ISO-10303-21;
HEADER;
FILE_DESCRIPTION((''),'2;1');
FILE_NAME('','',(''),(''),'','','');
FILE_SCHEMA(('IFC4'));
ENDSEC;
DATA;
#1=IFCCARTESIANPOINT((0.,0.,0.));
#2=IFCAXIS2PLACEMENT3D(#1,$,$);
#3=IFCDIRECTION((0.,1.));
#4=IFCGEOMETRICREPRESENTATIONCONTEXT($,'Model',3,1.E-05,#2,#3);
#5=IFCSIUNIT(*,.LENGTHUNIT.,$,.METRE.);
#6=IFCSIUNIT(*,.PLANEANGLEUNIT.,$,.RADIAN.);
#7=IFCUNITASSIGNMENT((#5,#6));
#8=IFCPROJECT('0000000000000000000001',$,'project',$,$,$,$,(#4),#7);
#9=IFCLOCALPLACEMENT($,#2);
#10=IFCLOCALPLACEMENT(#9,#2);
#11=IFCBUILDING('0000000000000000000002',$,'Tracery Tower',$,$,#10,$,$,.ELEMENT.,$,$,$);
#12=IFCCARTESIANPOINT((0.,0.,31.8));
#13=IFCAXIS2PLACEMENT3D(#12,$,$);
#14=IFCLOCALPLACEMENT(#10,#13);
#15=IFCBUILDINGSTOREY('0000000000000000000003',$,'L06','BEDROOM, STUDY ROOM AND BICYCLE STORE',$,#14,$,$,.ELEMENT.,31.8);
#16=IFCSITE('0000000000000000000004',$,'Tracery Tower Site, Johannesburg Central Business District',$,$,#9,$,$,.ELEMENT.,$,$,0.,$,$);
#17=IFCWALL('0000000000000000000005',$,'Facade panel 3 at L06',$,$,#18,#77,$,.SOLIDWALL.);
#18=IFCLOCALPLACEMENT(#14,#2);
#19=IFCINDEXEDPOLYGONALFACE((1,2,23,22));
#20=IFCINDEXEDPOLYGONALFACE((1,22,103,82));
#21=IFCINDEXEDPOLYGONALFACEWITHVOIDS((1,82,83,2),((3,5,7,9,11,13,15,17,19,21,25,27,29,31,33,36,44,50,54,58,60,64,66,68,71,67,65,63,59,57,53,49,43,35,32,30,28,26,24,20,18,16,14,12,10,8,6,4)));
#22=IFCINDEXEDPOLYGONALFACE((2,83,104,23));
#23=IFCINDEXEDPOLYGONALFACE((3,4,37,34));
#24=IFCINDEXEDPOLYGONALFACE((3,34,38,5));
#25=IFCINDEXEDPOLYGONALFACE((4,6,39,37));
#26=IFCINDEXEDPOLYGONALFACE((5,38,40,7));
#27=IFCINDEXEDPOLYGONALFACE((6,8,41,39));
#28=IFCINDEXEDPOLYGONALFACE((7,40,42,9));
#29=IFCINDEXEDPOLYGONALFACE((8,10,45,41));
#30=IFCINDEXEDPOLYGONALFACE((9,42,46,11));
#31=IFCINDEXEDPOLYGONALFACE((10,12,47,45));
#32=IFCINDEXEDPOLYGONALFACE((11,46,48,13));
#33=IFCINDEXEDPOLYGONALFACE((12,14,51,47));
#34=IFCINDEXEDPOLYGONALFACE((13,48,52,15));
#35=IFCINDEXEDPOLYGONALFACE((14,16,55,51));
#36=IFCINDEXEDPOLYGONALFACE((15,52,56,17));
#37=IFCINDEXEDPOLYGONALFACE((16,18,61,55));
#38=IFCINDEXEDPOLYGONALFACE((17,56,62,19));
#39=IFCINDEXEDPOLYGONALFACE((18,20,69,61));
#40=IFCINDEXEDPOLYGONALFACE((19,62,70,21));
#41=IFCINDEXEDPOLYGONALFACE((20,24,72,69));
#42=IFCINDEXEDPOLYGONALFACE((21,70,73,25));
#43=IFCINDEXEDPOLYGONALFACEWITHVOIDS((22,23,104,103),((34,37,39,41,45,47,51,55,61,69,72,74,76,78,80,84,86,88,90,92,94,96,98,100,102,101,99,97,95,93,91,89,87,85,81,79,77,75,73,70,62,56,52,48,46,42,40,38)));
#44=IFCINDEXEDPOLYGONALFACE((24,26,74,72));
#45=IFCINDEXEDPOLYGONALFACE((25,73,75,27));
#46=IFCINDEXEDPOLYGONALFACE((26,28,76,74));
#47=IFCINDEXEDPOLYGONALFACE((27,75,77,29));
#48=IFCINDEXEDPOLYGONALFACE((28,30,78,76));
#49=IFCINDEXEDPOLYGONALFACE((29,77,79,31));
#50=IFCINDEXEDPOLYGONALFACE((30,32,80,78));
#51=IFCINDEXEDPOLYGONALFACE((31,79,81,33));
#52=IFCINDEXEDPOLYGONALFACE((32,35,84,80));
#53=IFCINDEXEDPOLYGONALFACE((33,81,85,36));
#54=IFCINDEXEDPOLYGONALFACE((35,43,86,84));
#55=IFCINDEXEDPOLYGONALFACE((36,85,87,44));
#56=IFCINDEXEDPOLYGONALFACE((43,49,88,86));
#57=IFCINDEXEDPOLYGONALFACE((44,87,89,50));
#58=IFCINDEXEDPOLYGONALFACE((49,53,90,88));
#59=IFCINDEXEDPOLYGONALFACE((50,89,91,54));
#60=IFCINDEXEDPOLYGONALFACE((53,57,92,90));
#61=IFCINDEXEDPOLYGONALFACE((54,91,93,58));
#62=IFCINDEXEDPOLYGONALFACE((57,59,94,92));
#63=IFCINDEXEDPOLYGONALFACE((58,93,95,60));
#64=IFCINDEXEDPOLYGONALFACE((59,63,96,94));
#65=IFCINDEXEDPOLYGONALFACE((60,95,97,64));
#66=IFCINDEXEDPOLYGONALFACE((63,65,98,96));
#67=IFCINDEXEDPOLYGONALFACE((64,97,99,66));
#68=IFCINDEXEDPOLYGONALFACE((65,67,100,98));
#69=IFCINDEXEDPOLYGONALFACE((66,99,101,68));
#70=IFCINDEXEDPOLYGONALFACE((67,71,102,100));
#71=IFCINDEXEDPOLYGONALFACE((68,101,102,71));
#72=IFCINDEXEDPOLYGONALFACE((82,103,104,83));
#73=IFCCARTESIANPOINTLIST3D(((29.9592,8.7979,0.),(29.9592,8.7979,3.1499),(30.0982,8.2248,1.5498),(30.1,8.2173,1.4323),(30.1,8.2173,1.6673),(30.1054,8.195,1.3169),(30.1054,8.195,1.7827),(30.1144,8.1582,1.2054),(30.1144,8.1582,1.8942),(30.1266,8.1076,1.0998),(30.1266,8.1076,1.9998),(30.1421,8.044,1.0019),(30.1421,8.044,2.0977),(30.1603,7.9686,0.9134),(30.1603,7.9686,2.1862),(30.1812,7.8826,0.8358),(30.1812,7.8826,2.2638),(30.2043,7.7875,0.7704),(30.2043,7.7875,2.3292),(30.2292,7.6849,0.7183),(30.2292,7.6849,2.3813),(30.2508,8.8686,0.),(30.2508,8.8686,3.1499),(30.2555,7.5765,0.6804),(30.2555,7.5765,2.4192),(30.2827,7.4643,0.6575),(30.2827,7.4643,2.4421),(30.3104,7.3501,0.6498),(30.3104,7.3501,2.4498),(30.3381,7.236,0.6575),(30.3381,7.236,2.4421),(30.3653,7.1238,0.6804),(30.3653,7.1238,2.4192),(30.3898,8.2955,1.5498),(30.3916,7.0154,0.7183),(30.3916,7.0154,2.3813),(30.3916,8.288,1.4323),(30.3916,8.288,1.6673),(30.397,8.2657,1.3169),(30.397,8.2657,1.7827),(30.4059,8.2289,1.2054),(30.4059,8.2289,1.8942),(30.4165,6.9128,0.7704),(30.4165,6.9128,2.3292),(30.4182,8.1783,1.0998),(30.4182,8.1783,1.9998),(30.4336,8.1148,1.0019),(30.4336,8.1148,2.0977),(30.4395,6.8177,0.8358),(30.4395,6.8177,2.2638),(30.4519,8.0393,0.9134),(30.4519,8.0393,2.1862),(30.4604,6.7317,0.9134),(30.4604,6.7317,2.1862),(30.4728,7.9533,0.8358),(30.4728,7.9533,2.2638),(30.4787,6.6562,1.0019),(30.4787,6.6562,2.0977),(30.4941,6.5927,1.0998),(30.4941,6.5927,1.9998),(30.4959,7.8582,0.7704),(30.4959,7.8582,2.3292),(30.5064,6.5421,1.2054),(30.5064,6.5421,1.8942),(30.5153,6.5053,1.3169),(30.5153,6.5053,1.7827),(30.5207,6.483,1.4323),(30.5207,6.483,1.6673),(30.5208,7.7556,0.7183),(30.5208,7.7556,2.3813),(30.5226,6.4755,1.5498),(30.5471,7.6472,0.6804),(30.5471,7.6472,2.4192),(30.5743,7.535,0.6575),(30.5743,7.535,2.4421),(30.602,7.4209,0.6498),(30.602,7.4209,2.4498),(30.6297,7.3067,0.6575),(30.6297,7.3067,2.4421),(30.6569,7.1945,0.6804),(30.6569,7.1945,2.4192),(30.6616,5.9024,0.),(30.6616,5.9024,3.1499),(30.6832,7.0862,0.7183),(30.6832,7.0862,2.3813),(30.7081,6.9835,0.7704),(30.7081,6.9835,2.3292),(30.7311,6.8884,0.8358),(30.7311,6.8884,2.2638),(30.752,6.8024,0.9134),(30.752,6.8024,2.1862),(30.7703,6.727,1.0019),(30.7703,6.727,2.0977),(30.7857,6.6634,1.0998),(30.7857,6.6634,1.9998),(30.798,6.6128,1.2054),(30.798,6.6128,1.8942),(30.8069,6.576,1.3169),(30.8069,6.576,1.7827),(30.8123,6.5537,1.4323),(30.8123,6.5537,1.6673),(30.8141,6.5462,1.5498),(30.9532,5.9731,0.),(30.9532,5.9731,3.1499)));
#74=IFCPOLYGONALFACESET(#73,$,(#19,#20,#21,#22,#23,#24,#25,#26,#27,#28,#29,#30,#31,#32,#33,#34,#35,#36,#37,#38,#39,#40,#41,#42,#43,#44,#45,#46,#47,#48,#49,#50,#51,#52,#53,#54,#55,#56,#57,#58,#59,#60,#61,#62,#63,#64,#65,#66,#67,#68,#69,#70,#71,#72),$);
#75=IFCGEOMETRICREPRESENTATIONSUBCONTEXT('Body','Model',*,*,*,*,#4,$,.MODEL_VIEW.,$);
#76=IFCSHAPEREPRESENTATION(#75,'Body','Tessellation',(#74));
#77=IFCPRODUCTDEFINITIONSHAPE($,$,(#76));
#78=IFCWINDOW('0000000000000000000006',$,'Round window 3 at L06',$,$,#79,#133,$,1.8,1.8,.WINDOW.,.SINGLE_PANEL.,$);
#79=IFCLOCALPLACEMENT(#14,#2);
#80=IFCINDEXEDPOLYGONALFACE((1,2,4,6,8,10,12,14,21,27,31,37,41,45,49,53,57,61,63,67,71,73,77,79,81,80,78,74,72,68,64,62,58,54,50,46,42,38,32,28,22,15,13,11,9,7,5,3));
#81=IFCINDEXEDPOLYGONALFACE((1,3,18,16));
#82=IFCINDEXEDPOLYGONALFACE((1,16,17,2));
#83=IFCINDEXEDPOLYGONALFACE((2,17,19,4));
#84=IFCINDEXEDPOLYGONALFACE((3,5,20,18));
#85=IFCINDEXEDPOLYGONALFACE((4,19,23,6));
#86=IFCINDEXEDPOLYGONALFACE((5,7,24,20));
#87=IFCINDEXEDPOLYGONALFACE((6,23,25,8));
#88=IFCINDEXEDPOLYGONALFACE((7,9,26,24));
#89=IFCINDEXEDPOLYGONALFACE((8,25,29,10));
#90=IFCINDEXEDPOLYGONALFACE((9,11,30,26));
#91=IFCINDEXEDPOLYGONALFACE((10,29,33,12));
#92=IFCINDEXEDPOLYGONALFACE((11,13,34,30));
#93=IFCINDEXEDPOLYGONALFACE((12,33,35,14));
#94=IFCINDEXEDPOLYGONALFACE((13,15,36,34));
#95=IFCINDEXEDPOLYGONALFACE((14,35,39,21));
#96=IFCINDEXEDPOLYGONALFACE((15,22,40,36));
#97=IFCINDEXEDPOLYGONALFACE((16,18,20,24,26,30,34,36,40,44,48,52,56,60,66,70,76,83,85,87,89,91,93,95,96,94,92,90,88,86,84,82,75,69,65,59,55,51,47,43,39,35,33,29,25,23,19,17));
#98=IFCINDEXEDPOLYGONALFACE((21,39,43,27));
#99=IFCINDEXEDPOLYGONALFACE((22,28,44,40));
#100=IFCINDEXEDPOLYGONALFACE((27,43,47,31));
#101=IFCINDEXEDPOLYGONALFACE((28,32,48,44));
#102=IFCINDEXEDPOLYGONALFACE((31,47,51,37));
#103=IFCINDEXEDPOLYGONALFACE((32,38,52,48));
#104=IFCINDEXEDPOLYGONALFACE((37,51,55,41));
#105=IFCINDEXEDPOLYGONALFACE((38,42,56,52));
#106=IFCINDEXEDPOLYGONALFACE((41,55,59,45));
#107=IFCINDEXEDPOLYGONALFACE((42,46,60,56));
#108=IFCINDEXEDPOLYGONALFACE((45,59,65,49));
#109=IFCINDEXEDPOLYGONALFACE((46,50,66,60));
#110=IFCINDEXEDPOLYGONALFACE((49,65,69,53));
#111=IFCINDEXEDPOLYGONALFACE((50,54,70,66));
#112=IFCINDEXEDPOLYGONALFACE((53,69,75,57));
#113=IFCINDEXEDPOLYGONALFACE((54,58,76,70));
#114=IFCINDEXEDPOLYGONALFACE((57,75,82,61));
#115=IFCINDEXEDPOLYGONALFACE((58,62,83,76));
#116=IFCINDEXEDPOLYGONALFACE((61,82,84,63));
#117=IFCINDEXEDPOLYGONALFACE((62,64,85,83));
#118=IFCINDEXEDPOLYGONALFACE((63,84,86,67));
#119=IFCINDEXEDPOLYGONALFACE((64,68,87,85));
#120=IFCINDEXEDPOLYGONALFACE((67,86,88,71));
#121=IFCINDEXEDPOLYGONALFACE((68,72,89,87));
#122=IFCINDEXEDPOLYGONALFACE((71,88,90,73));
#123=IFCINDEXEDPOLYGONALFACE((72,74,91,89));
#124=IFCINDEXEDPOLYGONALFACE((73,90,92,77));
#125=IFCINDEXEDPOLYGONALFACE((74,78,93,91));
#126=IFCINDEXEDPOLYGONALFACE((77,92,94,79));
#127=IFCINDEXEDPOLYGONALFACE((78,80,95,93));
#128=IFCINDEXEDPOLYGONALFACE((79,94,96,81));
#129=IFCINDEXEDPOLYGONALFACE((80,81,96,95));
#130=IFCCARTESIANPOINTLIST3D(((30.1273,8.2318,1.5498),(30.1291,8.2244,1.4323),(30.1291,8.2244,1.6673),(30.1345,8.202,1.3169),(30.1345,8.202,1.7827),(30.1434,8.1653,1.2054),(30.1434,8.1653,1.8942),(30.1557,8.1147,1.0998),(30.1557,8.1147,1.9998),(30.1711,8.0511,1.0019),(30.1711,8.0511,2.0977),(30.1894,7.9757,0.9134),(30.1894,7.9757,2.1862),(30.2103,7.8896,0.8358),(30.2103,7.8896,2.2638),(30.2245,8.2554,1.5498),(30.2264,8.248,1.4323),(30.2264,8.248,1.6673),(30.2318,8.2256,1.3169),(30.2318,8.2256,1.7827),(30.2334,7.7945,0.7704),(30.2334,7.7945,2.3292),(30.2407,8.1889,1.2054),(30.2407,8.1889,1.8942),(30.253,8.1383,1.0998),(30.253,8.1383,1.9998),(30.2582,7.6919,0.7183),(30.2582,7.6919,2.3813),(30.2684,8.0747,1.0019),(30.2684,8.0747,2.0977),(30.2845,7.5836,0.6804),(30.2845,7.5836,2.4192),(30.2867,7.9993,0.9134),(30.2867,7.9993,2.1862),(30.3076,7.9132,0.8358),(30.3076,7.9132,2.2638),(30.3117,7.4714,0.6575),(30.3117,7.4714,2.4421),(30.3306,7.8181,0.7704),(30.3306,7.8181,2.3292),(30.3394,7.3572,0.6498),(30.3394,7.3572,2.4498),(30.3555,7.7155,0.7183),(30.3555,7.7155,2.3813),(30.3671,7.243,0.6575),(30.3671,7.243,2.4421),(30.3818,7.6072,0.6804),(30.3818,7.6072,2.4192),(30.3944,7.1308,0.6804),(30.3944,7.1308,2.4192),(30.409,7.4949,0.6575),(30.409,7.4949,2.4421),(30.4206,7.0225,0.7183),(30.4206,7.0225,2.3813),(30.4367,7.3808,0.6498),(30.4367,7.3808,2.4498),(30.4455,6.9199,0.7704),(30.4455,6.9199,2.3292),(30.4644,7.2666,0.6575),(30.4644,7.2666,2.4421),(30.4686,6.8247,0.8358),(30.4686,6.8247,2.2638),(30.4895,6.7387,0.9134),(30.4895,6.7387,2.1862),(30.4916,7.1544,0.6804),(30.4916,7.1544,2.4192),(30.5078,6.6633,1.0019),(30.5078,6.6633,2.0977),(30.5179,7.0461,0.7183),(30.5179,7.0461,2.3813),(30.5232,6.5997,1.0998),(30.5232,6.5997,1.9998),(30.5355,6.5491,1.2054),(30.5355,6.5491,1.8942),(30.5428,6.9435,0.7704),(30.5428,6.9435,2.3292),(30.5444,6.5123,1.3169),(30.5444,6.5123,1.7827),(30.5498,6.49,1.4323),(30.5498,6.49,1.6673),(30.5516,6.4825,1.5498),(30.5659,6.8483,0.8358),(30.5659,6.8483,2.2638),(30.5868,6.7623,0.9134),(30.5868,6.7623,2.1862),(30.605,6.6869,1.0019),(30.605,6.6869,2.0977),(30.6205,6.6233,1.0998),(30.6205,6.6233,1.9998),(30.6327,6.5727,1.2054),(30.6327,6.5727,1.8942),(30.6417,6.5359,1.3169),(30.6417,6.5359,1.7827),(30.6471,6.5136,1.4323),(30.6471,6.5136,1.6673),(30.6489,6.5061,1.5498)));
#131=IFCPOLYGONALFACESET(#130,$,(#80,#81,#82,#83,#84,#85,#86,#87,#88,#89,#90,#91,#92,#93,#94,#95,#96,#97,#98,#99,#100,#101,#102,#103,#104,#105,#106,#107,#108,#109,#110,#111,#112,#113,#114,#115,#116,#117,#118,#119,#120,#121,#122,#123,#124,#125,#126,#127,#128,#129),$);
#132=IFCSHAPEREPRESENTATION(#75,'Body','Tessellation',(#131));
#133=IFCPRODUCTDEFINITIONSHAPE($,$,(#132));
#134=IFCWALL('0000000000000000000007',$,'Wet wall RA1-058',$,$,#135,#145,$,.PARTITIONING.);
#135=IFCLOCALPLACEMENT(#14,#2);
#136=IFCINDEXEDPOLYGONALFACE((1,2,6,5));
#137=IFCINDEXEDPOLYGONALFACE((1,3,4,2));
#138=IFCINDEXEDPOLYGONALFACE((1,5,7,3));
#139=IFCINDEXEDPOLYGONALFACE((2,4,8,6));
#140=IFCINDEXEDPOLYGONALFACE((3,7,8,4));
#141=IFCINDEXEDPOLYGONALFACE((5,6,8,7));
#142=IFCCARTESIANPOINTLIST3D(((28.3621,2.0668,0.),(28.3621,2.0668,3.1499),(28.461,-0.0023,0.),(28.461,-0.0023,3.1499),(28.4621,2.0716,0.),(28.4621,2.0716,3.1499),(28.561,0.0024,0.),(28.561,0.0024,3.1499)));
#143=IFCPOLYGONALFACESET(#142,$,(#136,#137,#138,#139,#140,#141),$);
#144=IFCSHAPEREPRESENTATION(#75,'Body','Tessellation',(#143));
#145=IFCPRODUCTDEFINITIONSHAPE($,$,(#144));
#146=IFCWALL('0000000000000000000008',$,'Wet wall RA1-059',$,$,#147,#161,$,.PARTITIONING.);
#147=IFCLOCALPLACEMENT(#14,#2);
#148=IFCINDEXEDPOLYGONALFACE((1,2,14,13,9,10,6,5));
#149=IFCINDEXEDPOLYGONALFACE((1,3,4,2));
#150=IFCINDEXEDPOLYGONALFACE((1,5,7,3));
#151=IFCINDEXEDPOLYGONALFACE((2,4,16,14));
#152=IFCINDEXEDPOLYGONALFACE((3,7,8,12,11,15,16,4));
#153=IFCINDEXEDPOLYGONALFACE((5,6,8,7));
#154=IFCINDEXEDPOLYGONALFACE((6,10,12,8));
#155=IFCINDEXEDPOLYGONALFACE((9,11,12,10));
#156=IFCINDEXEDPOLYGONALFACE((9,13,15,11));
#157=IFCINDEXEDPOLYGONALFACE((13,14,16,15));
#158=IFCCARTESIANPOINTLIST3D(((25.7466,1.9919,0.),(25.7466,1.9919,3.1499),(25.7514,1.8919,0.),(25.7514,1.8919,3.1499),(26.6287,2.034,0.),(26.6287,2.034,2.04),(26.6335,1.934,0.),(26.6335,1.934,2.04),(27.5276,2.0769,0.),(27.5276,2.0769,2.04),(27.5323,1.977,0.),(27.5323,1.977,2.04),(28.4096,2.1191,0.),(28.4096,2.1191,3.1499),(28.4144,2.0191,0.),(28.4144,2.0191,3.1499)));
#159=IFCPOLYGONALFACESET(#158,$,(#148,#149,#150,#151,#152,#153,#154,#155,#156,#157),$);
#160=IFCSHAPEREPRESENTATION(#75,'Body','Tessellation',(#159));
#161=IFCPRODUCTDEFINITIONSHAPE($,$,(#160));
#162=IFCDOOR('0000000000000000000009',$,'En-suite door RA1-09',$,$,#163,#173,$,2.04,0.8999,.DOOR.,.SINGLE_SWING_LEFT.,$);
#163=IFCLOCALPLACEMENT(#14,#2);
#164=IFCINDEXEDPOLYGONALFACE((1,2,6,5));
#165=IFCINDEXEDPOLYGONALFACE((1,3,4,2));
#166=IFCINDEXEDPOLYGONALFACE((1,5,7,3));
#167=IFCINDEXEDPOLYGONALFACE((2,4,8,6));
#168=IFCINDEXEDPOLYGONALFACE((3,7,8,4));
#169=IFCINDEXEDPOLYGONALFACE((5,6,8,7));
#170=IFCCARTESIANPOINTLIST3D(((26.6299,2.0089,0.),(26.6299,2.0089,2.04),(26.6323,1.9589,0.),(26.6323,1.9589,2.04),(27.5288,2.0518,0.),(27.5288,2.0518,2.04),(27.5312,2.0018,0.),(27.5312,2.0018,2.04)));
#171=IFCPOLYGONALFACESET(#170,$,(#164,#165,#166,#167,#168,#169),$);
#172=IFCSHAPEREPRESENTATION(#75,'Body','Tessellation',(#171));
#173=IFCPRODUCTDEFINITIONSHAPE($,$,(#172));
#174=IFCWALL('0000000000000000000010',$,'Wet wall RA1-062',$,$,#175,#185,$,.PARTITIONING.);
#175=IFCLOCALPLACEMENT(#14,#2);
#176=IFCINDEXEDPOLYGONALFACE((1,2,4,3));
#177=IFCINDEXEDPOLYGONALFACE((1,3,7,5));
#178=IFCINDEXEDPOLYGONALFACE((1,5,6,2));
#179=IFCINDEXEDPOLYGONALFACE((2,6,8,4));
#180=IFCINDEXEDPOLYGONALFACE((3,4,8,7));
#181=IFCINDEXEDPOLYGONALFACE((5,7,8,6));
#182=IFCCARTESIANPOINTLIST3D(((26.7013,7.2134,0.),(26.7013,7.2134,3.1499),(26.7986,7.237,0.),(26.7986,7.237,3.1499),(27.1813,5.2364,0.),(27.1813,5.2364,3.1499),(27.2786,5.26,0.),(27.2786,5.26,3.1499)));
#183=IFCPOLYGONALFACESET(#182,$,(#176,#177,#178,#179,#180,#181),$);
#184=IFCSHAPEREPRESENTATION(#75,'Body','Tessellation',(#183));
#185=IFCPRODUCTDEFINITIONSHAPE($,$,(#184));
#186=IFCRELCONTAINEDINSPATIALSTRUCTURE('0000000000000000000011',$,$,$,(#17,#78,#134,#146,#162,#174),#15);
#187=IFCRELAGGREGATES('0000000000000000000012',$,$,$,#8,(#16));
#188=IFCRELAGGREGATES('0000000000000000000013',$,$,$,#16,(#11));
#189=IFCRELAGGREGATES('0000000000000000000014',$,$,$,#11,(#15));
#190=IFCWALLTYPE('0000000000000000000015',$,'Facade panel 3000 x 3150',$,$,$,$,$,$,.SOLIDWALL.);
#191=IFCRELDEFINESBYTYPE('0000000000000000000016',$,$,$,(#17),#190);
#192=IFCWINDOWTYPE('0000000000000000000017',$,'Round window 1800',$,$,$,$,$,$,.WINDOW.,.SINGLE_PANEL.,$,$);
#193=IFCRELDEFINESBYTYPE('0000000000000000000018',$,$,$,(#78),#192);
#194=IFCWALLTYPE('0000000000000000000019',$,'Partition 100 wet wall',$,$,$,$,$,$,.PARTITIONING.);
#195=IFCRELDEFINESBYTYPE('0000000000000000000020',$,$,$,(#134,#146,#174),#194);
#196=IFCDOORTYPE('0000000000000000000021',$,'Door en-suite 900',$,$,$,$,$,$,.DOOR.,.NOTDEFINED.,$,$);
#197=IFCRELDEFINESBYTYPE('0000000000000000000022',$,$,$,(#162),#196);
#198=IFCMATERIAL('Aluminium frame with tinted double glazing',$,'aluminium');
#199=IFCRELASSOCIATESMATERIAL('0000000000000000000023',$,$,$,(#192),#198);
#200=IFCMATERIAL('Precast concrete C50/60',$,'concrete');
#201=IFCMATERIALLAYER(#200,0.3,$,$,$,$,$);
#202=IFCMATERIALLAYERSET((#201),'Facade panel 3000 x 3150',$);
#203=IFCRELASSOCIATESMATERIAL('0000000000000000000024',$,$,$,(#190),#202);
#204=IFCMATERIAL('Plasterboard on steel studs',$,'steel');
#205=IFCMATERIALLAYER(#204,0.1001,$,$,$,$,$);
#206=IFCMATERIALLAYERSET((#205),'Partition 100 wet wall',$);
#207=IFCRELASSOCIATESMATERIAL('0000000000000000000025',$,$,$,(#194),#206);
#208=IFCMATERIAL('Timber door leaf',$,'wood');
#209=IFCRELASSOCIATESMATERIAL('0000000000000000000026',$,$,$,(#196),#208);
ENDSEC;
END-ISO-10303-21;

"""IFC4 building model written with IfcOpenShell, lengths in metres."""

from ifc_helpers import new_model, si_unit, direction, frame, frame_2d, origin, origin_2d, place, context, subcontext, project, spatial, rectangle, circle, extrude, material, layer, layer_set, type_object, element, fill, save


model = new_model("IFC4")

# Units and contexts
model_context = context("Model", 3, precision=1e-05, world=origin(), true_north=direction((0.0, 1.0)))
body_context = subcontext(model_context, "Body", "Model", "MODEL_VIEW")
ifc_project = project(units=[si_unit("LENGTHUNIT", "METRE"), si_unit("PLANEANGLEUNIT", "RADIAN")], contexts=[model_context])

# Site, building, storey
site_placement = place(None, origin())
site = spatial("IfcSite", under=ifc_project, at=site_placement, Name="Tracery Tower Site, Johannesburg Central Business District", CompositionType="ELEMENT", RefElevation=0.0)
building_placement = place(site_placement, origin())
building = spatial("IfcBuilding", under=site, at=building_placement, Name="Tracery Tower", CompositionType="ELEMENT")
storey_placement = place(building_placement, frame((0.0, 0.0, 31.8)))
storey = spatial("IfcBuildingStorey", under=building, at=storey_placement, Name="L06", Description="BEDROOM, STUDY ROOM AND BICYCLE STORE", CompositionType="ELEMENT", Elevation=31.8)

# Wall, opening, window
ifc_material_1 = material(Name="Aluminium frame with tinted double glazing", Category="aluminium")
window_type = type_object("IfcWindowType", Name="Round window 1800", PartitioningType="SINGLE_PANEL", PredefinedType="WINDOW", material=ifc_material_1)
ifc_material_2 = material(Name="Precast concrete C50/60", Category="concrete")
ifc_layer_1 = layer(ifc_material_2, 0.3)
ifc_layer_set_1 = layer_set([ifc_layer_1], Name="Facade panel 3000 x 3150")
wall_type_1 = type_object("IfcWallType", Name="Facade panel 3000 x 3150", PredefinedType="SOLIDWALL", material=ifc_layer_set_1)
wall_1_placement = place(storey_placement, frame((30.8074, 5.9377, 0.0), z_axis=(0.0, 0.0, 1.0), x_axis=(-0.235743, 0.971815, 0.0)))
wall_1 = element("IfcWall", 1, at=wall_1_placement, inside=storey, type_object=wall_type_1, Name="Facade panel 3 at L06", PredefinedType="SOLIDWALL", context=body_context, shape_type="SweptSolid", body=[
    extrude(rectangle(XDim=2.9795, YDim=0.3, at=frame_2d((1.4897, 0.0))), origin(), (0.0, 0.0, 1.0), 3.1499),
])
opening_1_placement = place(wall_1_placement, frame((1.4897, 0.0, 1.5498)))
opening_1 = element("IfcOpeningElement", 2, at=opening_1_placement, cuts=wall_1, PredefinedType="OPENING", context=body_context, shape_type="SweptSolid", body=[
    extrude(circle(Radius=0.9, at=origin_2d()), frame((0.0, 0.1599, 0.0), z_axis=(0.0, -1.0, 0.0), x_axis=(1.0, 0.0, 0.0)), (0.0, 0.0, 1.0), 0.3201),
])
window_1_placement = place(opening_1_placement, origin())
window_1 = element("IfcWindow", 3, at=window_1_placement, inside=storey, type_object=window_type, Name="Round window 3 at L06", OverallHeight=1.8, OverallWidth=1.8, PartitioningType="SINGLE_PANEL", PredefinedType="WINDOW", context=body_context, shape_type="SweptSolid", body=[
    extrude(circle(Radius=0.9, at=origin_2d()), frame((0.0, 0.1201, 0.0), z_axis=(0.0, -1.0, 0.0), x_axis=(1.0, 0.0, 0.0)), (0.0, 0.0, 1.0), 0.1001),
])
fill(opening_1, window_1)

# Wall
ifc_material_3 = material(Name="Plasterboard on steel studs", Category="steel")
ifc_layer_2 = layer(ifc_material_3, 0.1001)
ifc_layer_set_2 = layer_set([ifc_layer_2], Name="Partition 100 wet wall")
wall_type_2 = type_object("IfcWallType", Name="Partition 100 wet wall", PredefinedType="PARTITIONING", material=ifc_layer_set_2)
wall_2_placement = place(storey_placement, frame((28.4121, 2.0691, 0.0), z_axis=(0.0, 0.0, 1.0), x_axis=(0.047733, -0.99886, 0.0)))
element("IfcWall", 4, at=wall_2_placement, inside=storey, type_object=wall_type_2, Name="Wet wall RA1-058", PredefinedType="PARTITIONING", context=body_context, shape_type="SweptSolid", body=[
    extrude(rectangle(XDim=2.0715, YDim=0.1001, at=frame_2d((1.0356, 0.0))), origin(), (0.0, 0.0, 1.0), 3.1499),
])

# Wall, opening, door
wall_3_placement = place(storey_placement, frame((25.749, 1.9419, 0.0), z_axis=(0.0, 0.0, 1.0), x_axis=(0.998861, 0.047709, 0.0)))
wall_3 = element("IfcWall", 5, at=wall_3_placement, inside=storey, type_object=wall_type_2, Name="Wet wall RA1-059", PredefinedType="PARTITIONING", context=body_context, shape_type="SweptSolid", body=[
    extrude(rectangle(XDim=2.666, YDim=0.1001, at=frame_2d((1.333, 0.0))), origin(), (0.0, 0.0, 1.0), 3.1499),
])
opening_2_placement = place(wall_3_placement, frame((0.8831, 0.0, 0.0)))
opening_2 = element("IfcOpeningElement", 6, at=opening_2_placement, cuts=wall_3, PredefinedType="OPENING", context=body_context, shape_type="SweptSolid", body=[
    extrude(rectangle(XDim=0.8999, YDim=2.04, at=frame_2d((0.45, 1.02))), frame((0.0, 0.05, 0.0), z_axis=(0.0, -1.0, 0.0), x_axis=(1.0, 0.0, 0.0)), (0.0, 0.0, 1.0), 0.1001),
])
ifc_material_4 = material(Name="Timber door leaf", Category="wood")
door_type = type_object("IfcDoorType", Name="Door en-suite 900", OperationType="NOTDEFINED", PredefinedType="DOOR", material=ifc_material_4)
door_1_placement = place(opening_2_placement, origin())
door_1 = element("IfcDoor", 7, at=door_1_placement, inside=storey, type_object=door_type, Name="En-suite door RA1-09", OperationType="SINGLE_SWING_LEFT", OverallHeight=2.04, OverallWidth=0.8999, PredefinedType="DOOR", context=body_context, shape_type="SweptSolid", body=[
    extrude(rectangle(XDim=0.8999, YDim=2.04, at=frame_2d((0.45, 1.02))), frame((0.0, 0.0249, 0.0), z_axis=(0.0, -1.0, 0.0), x_axis=(1.0, 0.0, 0.0)), (0.0, 0.0, 1.0), 0.05),
])
fill(opening_2, door_1)

# Wall
wall_4_placement = place(storey_placement, frame((26.75, 7.2251, 0.0), z_axis=(0.0, 0.0, 1.0), x_axis=(0.235923, -0.971772, 0.0)))
element("IfcWall", 8, at=wall_4_placement, inside=storey, type_object=wall_type_2, Name="Wet wall RA1-062", PredefinedType="PARTITIONING", context=body_context, shape_type="SweptSolid", body=[
    extrude(rectangle(XDim=2.0344, YDim=0.1001, at=frame_2d((1.0171, 0.0))), origin(), (0.0, 0.0, 1.0), 3.1499),
])

save(model, "model.ifc")
